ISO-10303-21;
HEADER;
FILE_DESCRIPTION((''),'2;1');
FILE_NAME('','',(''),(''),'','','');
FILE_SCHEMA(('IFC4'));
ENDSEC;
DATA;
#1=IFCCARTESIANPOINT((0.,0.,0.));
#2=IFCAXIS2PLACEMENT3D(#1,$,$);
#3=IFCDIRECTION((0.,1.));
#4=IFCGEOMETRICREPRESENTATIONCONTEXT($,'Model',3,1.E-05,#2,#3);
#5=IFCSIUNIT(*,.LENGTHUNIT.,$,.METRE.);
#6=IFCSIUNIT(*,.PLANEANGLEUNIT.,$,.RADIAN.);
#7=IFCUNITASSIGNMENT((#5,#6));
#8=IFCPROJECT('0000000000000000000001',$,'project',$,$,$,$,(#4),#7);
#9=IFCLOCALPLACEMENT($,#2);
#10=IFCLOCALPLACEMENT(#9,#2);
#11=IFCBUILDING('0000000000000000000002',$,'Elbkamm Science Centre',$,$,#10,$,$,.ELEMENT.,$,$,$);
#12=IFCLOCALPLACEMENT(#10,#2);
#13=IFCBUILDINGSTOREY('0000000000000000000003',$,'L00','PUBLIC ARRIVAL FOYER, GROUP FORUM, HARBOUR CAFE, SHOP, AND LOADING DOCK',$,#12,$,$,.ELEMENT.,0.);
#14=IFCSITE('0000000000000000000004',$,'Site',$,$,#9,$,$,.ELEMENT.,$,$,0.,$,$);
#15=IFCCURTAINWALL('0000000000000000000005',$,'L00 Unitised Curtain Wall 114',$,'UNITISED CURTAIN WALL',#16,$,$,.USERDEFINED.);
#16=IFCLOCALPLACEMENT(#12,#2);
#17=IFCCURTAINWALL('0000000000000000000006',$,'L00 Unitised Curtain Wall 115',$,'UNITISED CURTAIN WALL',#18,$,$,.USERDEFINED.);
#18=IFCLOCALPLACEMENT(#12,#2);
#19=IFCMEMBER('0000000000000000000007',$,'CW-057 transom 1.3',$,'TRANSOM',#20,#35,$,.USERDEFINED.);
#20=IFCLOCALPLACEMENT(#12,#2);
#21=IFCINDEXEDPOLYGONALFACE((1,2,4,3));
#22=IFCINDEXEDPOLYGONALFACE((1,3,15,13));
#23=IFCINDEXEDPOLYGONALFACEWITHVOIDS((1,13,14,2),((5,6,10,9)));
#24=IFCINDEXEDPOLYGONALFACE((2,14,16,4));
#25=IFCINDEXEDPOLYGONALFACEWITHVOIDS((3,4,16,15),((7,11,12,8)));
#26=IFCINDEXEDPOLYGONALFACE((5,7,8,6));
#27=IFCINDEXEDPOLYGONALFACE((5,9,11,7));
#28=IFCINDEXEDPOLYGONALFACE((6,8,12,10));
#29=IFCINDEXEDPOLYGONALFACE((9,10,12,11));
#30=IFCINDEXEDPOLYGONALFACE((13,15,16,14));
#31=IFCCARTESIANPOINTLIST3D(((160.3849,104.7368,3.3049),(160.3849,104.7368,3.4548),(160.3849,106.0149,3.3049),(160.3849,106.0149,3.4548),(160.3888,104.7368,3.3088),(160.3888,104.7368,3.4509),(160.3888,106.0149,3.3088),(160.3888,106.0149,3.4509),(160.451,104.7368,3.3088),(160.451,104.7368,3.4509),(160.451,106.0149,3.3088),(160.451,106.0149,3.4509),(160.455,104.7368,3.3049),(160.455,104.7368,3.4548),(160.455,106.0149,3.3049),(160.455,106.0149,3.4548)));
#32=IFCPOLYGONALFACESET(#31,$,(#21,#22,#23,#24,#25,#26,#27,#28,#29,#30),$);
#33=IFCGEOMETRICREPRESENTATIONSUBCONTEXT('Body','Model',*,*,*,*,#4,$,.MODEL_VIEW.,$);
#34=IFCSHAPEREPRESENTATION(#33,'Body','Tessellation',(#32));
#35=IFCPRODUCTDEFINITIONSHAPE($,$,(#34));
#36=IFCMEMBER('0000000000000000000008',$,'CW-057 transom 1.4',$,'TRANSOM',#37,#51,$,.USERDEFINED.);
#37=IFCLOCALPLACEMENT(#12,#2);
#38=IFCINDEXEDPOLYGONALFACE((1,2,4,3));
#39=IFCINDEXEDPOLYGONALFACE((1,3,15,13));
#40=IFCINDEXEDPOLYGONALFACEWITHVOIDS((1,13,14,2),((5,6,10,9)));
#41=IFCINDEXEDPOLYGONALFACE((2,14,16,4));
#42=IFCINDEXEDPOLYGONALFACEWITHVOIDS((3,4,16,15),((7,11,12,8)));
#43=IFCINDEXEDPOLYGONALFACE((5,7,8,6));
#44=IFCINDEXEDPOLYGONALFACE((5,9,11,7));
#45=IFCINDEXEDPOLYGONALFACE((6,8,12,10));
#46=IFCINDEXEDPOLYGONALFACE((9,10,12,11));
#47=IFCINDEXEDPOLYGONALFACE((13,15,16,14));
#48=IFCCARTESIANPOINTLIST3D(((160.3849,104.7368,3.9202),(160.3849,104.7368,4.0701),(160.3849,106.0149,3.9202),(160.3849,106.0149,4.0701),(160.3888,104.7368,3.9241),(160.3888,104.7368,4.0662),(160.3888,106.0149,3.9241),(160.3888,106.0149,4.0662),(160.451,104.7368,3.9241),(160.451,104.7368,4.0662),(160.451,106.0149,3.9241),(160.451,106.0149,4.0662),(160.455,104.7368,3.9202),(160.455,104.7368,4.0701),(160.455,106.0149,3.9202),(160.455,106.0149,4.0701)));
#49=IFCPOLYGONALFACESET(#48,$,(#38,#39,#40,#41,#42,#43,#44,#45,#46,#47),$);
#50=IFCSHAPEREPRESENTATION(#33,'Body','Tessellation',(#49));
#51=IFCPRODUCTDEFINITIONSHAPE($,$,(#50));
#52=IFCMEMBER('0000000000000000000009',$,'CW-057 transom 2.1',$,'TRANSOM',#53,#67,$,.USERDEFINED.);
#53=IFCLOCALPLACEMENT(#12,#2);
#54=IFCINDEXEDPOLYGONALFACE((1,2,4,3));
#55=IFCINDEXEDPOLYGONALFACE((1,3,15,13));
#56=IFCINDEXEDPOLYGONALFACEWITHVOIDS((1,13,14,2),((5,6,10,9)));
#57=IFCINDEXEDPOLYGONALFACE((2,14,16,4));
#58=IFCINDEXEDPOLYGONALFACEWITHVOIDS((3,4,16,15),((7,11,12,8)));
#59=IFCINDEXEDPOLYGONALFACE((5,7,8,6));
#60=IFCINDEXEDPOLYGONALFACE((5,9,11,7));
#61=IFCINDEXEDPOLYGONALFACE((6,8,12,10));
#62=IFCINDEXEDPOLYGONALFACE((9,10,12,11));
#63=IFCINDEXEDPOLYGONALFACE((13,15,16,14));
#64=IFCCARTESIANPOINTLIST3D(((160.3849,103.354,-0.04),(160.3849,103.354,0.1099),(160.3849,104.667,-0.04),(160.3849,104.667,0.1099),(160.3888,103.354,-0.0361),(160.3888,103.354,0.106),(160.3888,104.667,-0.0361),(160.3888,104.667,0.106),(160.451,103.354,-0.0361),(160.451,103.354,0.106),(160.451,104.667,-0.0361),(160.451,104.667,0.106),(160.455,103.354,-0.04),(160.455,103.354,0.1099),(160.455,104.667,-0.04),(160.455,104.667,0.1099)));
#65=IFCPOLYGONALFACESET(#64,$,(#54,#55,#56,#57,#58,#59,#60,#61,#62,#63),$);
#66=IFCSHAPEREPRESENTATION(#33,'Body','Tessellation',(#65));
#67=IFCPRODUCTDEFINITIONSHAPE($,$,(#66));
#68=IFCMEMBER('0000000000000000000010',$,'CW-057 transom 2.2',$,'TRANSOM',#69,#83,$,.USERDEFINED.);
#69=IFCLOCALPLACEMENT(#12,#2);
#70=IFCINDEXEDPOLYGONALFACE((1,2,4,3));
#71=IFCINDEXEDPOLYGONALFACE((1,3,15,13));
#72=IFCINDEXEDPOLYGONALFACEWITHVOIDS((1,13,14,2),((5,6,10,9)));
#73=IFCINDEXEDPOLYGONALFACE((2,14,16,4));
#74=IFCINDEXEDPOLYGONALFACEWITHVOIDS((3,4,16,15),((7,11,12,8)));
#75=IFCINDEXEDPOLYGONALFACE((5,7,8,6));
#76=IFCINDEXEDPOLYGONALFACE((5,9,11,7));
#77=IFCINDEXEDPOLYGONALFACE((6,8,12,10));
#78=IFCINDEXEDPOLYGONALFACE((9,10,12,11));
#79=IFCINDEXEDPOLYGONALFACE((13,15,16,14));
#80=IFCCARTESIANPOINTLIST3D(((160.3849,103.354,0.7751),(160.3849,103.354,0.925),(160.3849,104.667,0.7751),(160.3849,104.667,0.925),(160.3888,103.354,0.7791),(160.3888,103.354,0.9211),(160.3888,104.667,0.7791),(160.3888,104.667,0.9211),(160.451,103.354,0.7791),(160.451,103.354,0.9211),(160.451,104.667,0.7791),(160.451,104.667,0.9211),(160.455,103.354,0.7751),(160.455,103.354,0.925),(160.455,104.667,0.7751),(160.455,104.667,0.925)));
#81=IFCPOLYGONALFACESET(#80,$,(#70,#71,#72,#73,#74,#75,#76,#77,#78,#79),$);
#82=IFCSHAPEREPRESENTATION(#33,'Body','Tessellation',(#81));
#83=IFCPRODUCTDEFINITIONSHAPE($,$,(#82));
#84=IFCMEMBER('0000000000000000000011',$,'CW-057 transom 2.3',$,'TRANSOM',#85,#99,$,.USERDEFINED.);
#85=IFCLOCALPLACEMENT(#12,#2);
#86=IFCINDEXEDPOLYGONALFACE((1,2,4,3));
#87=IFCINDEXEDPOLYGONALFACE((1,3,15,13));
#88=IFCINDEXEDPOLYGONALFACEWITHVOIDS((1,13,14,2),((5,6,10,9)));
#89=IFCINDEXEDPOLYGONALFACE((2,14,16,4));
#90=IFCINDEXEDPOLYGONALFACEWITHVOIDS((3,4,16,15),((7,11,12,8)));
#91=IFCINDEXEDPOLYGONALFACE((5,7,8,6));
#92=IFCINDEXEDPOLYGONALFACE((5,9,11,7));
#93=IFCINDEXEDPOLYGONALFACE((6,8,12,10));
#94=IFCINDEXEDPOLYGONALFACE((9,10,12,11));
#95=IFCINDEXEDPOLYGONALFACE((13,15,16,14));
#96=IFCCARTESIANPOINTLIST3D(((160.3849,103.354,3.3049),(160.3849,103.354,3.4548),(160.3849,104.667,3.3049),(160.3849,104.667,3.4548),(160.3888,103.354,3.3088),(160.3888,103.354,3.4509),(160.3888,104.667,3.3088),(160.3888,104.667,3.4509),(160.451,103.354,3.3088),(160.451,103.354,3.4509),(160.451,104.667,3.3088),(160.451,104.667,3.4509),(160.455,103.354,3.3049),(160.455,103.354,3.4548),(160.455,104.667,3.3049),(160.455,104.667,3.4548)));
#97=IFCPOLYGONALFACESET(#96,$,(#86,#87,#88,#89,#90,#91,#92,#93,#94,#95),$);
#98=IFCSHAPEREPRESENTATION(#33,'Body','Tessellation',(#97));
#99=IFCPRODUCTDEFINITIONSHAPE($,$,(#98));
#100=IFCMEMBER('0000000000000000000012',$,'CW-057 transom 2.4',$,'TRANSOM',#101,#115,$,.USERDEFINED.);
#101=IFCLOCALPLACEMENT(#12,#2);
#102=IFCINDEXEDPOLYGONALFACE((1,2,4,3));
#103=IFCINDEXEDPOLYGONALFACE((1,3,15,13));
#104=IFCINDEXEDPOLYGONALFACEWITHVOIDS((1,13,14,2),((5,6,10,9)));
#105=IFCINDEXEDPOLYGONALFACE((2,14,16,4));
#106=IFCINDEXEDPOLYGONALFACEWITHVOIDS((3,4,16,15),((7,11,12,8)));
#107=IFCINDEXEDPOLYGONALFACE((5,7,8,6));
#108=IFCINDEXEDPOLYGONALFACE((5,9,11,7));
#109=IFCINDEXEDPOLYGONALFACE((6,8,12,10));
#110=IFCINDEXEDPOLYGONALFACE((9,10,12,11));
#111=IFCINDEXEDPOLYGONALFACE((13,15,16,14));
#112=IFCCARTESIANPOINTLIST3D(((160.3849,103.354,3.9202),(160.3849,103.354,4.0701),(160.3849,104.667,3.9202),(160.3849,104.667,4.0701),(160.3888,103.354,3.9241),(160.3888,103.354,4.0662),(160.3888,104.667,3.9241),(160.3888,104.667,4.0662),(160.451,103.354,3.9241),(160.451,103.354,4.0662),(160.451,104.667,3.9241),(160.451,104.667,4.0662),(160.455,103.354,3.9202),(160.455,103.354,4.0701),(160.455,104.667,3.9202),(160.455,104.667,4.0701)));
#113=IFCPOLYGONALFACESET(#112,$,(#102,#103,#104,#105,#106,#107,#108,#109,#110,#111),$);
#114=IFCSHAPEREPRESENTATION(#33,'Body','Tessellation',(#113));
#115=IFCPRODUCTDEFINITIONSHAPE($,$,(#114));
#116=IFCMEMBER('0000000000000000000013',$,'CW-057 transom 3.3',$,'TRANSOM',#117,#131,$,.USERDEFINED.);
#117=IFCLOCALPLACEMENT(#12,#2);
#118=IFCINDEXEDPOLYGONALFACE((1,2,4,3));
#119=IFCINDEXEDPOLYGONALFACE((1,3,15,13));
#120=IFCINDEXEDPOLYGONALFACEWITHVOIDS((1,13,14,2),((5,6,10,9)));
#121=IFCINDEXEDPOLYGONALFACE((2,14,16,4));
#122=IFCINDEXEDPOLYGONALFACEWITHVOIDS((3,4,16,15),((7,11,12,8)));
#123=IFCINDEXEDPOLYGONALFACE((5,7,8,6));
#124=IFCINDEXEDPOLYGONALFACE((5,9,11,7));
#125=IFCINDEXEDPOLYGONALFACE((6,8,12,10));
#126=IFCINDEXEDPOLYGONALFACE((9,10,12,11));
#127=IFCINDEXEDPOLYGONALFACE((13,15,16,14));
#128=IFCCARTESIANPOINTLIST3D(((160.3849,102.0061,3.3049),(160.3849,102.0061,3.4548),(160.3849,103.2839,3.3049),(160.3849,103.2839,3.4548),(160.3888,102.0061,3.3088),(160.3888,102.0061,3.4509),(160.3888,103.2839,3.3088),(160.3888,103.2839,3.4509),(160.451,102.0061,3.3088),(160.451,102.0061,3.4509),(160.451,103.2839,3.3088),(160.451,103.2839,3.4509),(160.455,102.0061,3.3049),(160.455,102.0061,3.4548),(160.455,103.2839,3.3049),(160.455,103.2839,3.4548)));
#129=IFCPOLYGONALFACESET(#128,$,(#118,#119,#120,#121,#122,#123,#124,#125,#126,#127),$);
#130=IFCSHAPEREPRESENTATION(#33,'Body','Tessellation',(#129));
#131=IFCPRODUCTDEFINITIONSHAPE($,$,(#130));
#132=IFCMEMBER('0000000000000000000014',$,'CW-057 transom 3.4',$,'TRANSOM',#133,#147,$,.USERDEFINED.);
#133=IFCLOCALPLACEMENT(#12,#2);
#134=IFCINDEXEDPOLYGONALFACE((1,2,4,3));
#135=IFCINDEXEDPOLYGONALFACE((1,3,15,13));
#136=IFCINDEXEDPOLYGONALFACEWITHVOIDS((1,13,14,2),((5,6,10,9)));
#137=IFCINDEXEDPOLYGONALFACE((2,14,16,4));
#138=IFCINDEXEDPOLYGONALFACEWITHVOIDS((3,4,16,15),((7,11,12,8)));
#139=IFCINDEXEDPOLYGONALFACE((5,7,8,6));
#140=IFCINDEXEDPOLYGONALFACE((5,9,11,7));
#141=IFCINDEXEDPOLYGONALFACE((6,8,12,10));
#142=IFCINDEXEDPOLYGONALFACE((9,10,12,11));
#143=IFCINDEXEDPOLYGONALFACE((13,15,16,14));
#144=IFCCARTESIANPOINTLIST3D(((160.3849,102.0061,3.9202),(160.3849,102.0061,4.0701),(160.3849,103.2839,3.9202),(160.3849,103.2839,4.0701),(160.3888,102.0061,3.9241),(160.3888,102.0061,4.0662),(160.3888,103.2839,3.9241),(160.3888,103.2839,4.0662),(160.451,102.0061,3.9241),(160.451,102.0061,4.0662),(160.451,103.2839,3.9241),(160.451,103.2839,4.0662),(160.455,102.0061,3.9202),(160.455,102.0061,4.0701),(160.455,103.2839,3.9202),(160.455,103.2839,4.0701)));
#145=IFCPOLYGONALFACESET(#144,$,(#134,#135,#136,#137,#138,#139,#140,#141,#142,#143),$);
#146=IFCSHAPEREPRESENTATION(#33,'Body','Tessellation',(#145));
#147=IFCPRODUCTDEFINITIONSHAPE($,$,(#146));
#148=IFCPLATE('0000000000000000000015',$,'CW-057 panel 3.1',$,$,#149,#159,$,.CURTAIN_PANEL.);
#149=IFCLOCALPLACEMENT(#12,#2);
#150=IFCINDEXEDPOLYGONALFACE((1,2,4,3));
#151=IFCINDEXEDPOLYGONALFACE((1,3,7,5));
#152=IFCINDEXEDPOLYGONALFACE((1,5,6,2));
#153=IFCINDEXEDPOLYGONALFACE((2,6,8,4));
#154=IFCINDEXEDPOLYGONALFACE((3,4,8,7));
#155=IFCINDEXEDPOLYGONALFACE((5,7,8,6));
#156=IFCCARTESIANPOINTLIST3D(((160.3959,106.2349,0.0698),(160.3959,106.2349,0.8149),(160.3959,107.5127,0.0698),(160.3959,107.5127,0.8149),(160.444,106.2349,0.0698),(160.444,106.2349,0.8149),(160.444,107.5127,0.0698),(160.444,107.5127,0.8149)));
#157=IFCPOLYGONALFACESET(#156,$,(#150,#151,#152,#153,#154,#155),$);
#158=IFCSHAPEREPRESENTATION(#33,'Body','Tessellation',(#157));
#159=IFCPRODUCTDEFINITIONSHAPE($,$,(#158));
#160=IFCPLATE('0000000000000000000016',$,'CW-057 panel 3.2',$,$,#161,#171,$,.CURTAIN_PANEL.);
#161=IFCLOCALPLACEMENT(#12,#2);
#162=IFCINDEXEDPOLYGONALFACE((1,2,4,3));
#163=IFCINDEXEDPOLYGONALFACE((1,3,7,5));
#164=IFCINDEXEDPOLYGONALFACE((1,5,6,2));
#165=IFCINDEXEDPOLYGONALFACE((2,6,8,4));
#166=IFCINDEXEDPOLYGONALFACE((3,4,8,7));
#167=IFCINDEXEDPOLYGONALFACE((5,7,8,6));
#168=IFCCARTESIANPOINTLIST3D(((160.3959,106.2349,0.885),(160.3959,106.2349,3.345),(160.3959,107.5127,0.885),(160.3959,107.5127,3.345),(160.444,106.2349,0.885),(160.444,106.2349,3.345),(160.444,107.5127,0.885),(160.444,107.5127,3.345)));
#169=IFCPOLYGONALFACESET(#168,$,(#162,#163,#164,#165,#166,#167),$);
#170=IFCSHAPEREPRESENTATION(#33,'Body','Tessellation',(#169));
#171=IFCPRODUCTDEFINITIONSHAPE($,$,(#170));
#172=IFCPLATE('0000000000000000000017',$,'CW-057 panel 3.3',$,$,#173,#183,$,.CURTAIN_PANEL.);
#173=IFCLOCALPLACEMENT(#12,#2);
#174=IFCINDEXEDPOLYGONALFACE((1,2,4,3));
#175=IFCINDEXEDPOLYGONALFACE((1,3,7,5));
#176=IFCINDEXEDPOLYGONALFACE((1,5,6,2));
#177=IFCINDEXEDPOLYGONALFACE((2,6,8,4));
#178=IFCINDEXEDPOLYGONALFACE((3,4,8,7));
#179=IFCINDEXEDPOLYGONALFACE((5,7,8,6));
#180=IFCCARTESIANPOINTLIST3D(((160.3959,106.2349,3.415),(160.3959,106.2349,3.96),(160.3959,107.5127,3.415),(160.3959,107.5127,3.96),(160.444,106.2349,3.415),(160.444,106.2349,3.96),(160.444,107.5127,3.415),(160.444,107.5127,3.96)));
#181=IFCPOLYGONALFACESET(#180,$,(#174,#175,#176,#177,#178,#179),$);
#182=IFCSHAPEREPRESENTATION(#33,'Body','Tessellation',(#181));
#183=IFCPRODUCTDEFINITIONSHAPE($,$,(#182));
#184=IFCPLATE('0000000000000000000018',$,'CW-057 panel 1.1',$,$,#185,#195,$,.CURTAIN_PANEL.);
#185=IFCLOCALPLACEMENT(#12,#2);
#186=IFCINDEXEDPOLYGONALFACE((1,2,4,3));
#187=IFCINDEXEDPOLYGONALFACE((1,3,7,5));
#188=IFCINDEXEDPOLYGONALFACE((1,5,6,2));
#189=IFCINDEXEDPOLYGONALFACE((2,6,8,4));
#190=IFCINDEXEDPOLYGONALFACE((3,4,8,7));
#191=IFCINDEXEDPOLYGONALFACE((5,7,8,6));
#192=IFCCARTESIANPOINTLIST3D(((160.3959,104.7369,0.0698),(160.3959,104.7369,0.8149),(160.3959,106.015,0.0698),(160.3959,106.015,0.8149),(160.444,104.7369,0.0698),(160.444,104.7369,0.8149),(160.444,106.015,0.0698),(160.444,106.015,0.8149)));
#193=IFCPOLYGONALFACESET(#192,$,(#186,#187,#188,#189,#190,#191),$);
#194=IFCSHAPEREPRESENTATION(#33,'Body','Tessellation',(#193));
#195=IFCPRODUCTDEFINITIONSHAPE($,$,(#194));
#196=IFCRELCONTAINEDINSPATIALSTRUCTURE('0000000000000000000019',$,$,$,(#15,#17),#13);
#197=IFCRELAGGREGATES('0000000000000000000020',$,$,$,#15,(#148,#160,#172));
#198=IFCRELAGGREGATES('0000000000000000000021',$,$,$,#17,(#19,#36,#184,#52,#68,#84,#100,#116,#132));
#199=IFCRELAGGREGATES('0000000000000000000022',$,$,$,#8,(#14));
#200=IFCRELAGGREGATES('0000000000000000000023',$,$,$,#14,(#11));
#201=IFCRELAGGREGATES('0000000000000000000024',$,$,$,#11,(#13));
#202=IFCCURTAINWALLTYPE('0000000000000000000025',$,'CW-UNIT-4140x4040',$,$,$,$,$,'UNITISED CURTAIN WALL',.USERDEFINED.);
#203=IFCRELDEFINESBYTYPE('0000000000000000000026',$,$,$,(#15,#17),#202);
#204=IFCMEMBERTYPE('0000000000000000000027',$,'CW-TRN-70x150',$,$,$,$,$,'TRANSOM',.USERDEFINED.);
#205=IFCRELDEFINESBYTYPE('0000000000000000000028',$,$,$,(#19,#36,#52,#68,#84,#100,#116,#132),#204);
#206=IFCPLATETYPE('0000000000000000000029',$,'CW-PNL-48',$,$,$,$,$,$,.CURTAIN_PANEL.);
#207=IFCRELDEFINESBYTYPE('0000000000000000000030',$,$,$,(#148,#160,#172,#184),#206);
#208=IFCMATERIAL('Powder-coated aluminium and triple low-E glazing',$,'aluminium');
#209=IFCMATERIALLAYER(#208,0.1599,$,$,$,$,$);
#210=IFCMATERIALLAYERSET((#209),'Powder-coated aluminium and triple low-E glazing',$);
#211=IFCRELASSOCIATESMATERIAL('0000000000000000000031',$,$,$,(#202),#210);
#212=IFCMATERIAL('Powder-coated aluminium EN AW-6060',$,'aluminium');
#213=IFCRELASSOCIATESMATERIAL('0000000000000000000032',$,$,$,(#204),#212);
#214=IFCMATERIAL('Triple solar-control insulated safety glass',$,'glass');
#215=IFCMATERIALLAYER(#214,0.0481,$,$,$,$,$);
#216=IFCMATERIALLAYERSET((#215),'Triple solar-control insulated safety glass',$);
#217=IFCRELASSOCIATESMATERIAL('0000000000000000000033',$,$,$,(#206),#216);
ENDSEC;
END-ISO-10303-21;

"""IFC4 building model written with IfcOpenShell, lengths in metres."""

from ifc_helpers import new_model, si_unit, direction, frame, origin, origin_2d, place, context, subcontext, project, spatial, rectangle, hollow_rectangle, extrude, material, layer, layer_set, material_profile, profile_set, type_object, element, aggregate, save


model = new_model("IFC4")

# Units and contexts
model_context = context("Model", 3, precision=1e-05, world=origin(), true_north=direction((0.0, 1.0)))
body_context = subcontext(model_context, "Body", "Model", "MODEL_VIEW")
ifc_project = project(units=[si_unit("LENGTHUNIT", "METRE"), si_unit("PLANEANGLEUNIT", "RADIAN")], contexts=[model_context])

# Site, building, storey
site_placement = place(None, origin())
site = spatial("IfcSite", under=ifc_project, at=site_placement, Name="Site", CompositionType="ELEMENT", RefElevation=0.0)
building_placement = place(site_placement, origin())
building = spatial("IfcBuilding", under=site, at=building_placement, Name="Elbkamm Science Centre", CompositionType="ELEMENT")
storey_placement = place(building_placement, origin())
storey = spatial("IfcBuildingStorey", under=building, at=storey_placement, Name="L00", Description="PUBLIC ARRIVAL FOYER, GROUP FORUM, HARBOUR CAFE, SHOP, AND LOADING DOCK", CompositionType="ELEMENT", Elevation=0.0)

# Curtain walls
ifc_material_1 = material(Name="Powder-coated aluminium and triple low-E glazing", Category="aluminium")
ifc_layer_1 = layer(ifc_material_1, 0.1599)
ifc_layer_set_1 = layer_set([ifc_layer_1], Name="Powder-coated aluminium and triple low-E glazing")
curtain_wall_type = type_object("IfcCurtainWallType", Name="CW-UNIT-4140x4040", ElementType="UNITISED CURTAIN WALL", PredefinedType="USERDEFINED", material=ifc_layer_set_1)
curtain_wall_1_placement = place(storey_placement, origin())
curtain_wall_1 = element("IfcCurtainWall", 1, at=curtain_wall_1_placement, inside=storey, type_object=curtain_wall_type, Name="L00 Unitised Curtain Wall 114", ObjectType="UNITISED CURTAIN WALL", PredefinedType="USERDEFINED")
ifc_material_2 = material(Name="Powder-coated aluminium EN AW-6060", Category="aluminium")
curtain_wall_2_placement = place(storey_placement, origin())
curtain_wall_2 = element("IfcCurtainWall", 2, at=curtain_wall_2_placement, inside=storey, type_object=curtain_wall_type, Name="L00 Unitised Curtain Wall 115", ObjectType="UNITISED CURTAIN WALL", PredefinedType="USERDEFINED")

# Members
ifc_material_profile_1 = material_profile(ifc_material_2, hollow_rectangle(XDim=0.0701, YDim=0.1499, WallThickness=0.0039, at=origin_2d()), Name="ALU T70x150")
ifc_profile_set_1 = profile_set([ifc_material_profile_1], Name="Powder-coated aluminium EN AW-6060")
member_type_1 = type_object("IfcMemberType", Name="CW-TRN-70x150", ElementType="TRANSOM", PredefinedType="USERDEFINED", material=ifc_profile_set_1)
member_1_placement = place(storey_placement, frame((160.4199, 106.0149, 3.3799), z_axis=(0.0, -1.0, 0.0), x_axis=(1.0, 0.0, 0.0)))
member_1 = element("IfcMember", 3, at=member_1_placement, type_object=member_type_1, Name="CW-057 transom 1.3", ObjectType="TRANSOM", PredefinedType="USERDEFINED", context=body_context, shape_type="SweptSolid", body=[
    extrude(hollow_rectangle(XDim=0.0701, YDim=0.1499, WallThickness=0.0039, at=origin_2d()), origin(), (0.0, 0.0, 1.0), 1.2781),
])
member_2_placement = place(storey_placement, frame((160.4199, 106.0149, 3.9951), z_axis=(0.0, -1.0, 0.0), x_axis=(1.0, 0.0, 0.0)))
member_2 = element("IfcMember", 4, at=member_2_placement, type_object=member_type_1, Name="CW-057 transom 1.4", ObjectType="TRANSOM", PredefinedType="USERDEFINED", context=body_context, shape_type="SweptSolid", body=[
    extrude(hollow_rectangle(XDim=0.0701, YDim=0.1499, WallThickness=0.0039, at=origin_2d()), origin(), (0.0, 0.0, 1.0), 1.2781),
])
member_3_placement = place(storey_placement, frame((160.4199, 104.667, 0.0349), z_axis=(0.0, -1.0, 0.0), x_axis=(1.0, 0.0, 0.0)))
member_3 = element("IfcMember", 5, at=member_3_placement, type_object=member_type_1, Name="CW-057 transom 2.1", ObjectType="TRANSOM", PredefinedType="USERDEFINED", context=body_context, shape_type="SweptSolid", body=[
    extrude(hollow_rectangle(XDim=0.0701, YDim=0.1499, WallThickness=0.0039, at=origin_2d()), origin(), (0.0, 0.0, 1.0), 1.313),
])
member_4_placement = place(storey_placement, frame((160.4199, 104.667, 0.8501), z_axis=(0.0, -1.0, 0.0), x_axis=(1.0, 0.0, 0.0)))
member_4 = element("IfcMember", 6, at=member_4_placement, type_object=member_type_1, Name="CW-057 transom 2.2", ObjectType="TRANSOM", PredefinedType="USERDEFINED", context=body_context, shape_type="SweptSolid", body=[
    extrude(hollow_rectangle(XDim=0.0701, YDim=0.1499, WallThickness=0.0039, at=origin_2d()), origin(), (0.0, 0.0, 1.0), 1.313),
])
member_5_placement = place(storey_placement, frame((160.4199, 104.667, 3.3799), z_axis=(0.0, -1.0, 0.0), x_axis=(1.0, 0.0, 0.0)))
member_5 = element("IfcMember", 7, at=member_5_placement, type_object=member_type_1, Name="CW-057 transom 2.3", ObjectType="TRANSOM", PredefinedType="USERDEFINED", context=body_context, shape_type="SweptSolid", body=[
    extrude(hollow_rectangle(XDim=0.0701, YDim=0.1499, WallThickness=0.0039, at=origin_2d()), origin(), (0.0, 0.0, 1.0), 1.313),
])
member_6_placement = place(storey_placement, frame((160.4199, 104.667, 3.9951), z_axis=(0.0, -1.0, 0.0), x_axis=(1.0, 0.0, 0.0)))
member_6 = element("IfcMember", 8, at=member_6_placement, type_object=member_type_1, Name="CW-057 transom 2.4", ObjectType="TRANSOM", PredefinedType="USERDEFINED", context=body_context, shape_type="SweptSolid", body=[
    extrude(hollow_rectangle(XDim=0.0701, YDim=0.1499, WallThickness=0.0039, at=origin_2d()), origin(), (0.0, 0.0, 1.0), 1.313),
])
member_7_placement = place(storey_placement, frame((160.4199, 103.2839, 3.3799), z_axis=(0.0, -1.0, 0.0), x_axis=(1.0, 0.0, 0.0)))
member_7 = element("IfcMember", 9, at=member_7_placement, type_object=member_type_1, Name="CW-057 transom 3.3", ObjectType="TRANSOM", PredefinedType="USERDEFINED", context=body_context, shape_type="SweptSolid", body=[
    extrude(hollow_rectangle(XDim=0.0701, YDim=0.1499, WallThickness=0.0039, at=origin_2d()), origin(), (0.0, 0.0, 1.0), 1.2778),
])
member_8_placement = place(storey_placement, frame((160.4199, 103.2839, 3.9951), z_axis=(0.0, -1.0, 0.0), x_axis=(1.0, 0.0, 0.0)))
member_8 = element("IfcMember", 10, at=member_8_placement, type_object=member_type_1, Name="CW-057 transom 3.4", ObjectType="TRANSOM", PredefinedType="USERDEFINED", context=body_context, shape_type="SweptSolid", body=[
    extrude(hollow_rectangle(XDim=0.0701, YDim=0.1499, WallThickness=0.0039, at=origin_2d()), origin(), (0.0, 0.0, 1.0), 1.2778),
])

# Plates
ifc_material_3 = material(Name="Triple solar-control insulated safety glass", Category="glass")
ifc_layer_2 = layer(ifc_material_3, 0.0481)
ifc_layer_set_2 = layer_set([ifc_layer_2], Name="Triple solar-control insulated safety glass")
plate_type = type_object("IfcPlateType", Name="CW-PNL-48", PredefinedType="CURTAIN_PANEL", material=ifc_layer_set_2)
plate_1_placement = place(storey_placement, frame((160.4199, 106.8738, 0.0698), z_axis=(0.0, 0.0, 1.0), x_axis=(0.0, -1.0, 0.0)))
plate_1 = element("IfcPlate", 11, at=plate_1_placement, type_object=plate_type, Name="CW-057 panel 3.1", PredefinedType="CURTAIN_PANEL", context=body_context, shape_type="SweptSolid", body=[
    extrude(rectangle(XDim=1.2778, YDim=0.0481, at=origin_2d()), origin(), (0.0, 0.0, 1.0), 0.7451),
])
plate_2_placement = place(storey_placement, frame((160.4199, 106.8738, 0.885), z_axis=(0.0, 0.0, 1.0), x_axis=(0.0, -1.0, 0.0)))
plate_2 = element("IfcPlate", 12, at=plate_2_placement, type_object=plate_type, Name="CW-057 panel 3.2", PredefinedType="CURTAIN_PANEL", context=body_context, shape_type="SweptSolid", body=[
    extrude(rectangle(XDim=1.2778, YDim=0.0481, at=origin_2d()), origin(), (0.0, 0.0, 1.0), 2.46),
])
plate_3_placement = place(storey_placement, frame((160.4199, 106.8738, 3.415), z_axis=(0.0, 0.0, 1.0), x_axis=(0.0, -1.0, 0.0)))
plate_3 = element("IfcPlate", 13, at=plate_3_placement, type_object=plate_type, Name="CW-057 panel 3.3", PredefinedType="CURTAIN_PANEL", context=body_context, shape_type="SweptSolid", body=[
    extrude(rectangle(XDim=1.2778, YDim=0.0481, at=origin_2d()), origin(), (0.0, 0.0, 1.0), 0.5449),
])
aggregate(curtain_wall_1, [plate_1, plate_2, plate_3])
plate_4_placement = place(storey_placement, frame((160.4199, 105.376, 0.0698), z_axis=(0.0, 0.0, 1.0), x_axis=(0.0, -1.0, 0.0)))
plate_4 = element("IfcPlate", 14, at=plate_4_placement, type_object=plate_type, Name="CW-057 panel 1.1", PredefinedType="CURTAIN_PANEL", context=body_context, shape_type="SweptSolid", body=[
    extrude(rectangle(XDim=1.2781, YDim=0.0481, at=origin_2d()), origin(), (0.0, 0.0, 1.0), 0.7451),
])
aggregate(curtain_wall_2, [member_1, member_2, plate_4, member_3, member_4, member_5, member_6, member_7, member_8])

save(model, "model.ifc")
